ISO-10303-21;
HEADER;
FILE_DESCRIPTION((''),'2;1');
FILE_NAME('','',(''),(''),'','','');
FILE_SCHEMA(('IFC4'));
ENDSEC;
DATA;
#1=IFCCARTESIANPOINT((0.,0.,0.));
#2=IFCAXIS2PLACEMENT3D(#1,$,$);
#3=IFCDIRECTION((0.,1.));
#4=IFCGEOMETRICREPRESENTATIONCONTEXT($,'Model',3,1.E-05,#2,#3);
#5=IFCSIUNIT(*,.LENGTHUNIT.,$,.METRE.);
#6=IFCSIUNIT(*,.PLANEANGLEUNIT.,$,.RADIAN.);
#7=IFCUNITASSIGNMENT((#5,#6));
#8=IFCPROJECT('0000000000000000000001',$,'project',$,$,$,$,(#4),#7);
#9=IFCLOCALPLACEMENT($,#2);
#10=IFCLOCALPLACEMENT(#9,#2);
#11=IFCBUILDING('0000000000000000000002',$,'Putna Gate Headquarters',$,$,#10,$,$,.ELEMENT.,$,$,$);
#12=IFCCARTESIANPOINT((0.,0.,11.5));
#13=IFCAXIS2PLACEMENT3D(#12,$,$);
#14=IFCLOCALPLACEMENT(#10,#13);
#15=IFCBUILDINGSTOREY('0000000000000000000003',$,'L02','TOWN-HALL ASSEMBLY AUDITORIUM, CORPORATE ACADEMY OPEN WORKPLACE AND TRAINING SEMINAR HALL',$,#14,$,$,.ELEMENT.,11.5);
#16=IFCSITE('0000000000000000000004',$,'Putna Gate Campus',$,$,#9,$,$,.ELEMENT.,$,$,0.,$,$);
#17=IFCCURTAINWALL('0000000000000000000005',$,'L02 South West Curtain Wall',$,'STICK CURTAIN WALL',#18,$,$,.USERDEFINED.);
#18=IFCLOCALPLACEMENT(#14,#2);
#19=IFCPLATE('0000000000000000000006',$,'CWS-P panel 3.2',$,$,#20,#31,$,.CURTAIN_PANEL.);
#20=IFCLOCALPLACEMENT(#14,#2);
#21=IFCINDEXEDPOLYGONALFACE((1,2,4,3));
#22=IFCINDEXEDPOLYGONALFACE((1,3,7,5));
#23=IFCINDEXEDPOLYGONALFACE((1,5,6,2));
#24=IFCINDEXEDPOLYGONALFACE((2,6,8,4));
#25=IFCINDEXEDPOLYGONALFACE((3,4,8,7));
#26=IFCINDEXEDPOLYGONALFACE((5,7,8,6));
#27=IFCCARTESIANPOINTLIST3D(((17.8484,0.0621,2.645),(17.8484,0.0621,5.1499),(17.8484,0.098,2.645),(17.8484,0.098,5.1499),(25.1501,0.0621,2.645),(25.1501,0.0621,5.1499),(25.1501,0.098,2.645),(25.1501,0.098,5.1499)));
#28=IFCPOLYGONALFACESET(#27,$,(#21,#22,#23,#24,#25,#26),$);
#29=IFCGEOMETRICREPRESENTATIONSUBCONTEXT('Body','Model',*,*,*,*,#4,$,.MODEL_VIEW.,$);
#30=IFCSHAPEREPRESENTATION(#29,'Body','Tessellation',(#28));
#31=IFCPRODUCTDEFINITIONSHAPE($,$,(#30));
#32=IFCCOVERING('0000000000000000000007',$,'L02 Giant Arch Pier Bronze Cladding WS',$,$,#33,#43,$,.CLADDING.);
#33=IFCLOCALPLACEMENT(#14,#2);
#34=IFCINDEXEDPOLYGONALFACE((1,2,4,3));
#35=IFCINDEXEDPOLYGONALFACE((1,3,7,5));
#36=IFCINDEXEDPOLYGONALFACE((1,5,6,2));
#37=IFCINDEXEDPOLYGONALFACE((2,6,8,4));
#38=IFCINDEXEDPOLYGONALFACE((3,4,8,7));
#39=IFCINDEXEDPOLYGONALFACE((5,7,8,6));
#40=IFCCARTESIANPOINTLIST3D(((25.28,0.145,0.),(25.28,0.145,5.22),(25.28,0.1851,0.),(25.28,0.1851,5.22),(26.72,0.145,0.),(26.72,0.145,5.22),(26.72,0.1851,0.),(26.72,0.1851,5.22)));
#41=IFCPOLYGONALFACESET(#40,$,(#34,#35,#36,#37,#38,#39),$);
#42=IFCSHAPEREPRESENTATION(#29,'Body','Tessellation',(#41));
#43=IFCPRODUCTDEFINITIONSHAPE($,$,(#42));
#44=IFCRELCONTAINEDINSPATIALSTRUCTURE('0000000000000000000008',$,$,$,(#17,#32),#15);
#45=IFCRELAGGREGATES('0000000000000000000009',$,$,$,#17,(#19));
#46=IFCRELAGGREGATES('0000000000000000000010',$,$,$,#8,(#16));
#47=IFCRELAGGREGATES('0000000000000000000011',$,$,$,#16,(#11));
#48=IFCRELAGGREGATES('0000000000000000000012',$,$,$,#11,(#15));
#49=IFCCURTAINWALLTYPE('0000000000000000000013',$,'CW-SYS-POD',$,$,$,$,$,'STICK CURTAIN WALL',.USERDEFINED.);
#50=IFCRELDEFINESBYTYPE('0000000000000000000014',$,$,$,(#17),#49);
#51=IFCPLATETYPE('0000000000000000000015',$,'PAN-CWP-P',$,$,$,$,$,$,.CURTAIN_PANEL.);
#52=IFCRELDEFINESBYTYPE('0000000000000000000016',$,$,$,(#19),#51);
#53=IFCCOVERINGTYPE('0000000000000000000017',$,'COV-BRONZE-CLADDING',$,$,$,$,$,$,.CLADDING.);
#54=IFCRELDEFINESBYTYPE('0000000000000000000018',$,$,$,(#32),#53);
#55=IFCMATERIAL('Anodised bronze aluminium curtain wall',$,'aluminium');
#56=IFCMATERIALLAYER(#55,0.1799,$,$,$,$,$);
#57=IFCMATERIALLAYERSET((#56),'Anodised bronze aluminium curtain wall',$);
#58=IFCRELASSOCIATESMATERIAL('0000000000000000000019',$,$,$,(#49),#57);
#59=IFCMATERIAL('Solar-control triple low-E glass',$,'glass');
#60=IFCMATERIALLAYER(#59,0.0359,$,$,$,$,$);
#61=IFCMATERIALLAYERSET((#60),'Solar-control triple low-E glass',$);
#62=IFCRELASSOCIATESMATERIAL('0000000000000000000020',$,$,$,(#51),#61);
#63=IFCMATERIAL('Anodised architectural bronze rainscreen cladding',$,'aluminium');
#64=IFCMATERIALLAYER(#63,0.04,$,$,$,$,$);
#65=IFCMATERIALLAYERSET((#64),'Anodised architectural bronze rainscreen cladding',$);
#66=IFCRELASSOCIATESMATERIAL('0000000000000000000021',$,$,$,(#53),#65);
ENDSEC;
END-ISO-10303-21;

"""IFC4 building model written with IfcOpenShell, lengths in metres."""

from ifc_helpers import new_model, si_unit, direction, frame, origin, origin_2d, place, context, subcontext, project, spatial, rectangle, extrude, material, layer, layer_set, type_object, element, aggregate, save


model = new_model("IFC4")

# Units and contexts
model_context = context("Model", 3, precision=1e-05, world=origin(), true_north=direction((0.0, 1.0)))
body_context = subcontext(model_context, "Body", "Model", "MODEL_VIEW")
ifc_project = project(units=[si_unit("LENGTHUNIT", "METRE"), si_unit("PLANEANGLEUNIT", "RADIAN")], contexts=[model_context])

# Site, building, storey
site_placement = place(None, origin())
site = spatial("IfcSite", under=ifc_project, at=site_placement, Name="Putna Gate Campus", CompositionType="ELEMENT", RefElevation=0.0)
building_placement = place(site_placement, origin())
building = spatial("IfcBuilding", under=site, at=building_placement, Name="Putna Gate Headquarters", CompositionType="ELEMENT")
storey_placement = place(building_placement, frame((0.0, 0.0, 11.5)))
storey = spatial("IfcBuildingStorey", under=building, at=storey_placement, Name="L02", Description="TOWN-HALL ASSEMBLY AUDITORIUM, CORPORATE ACADEMY OPEN WORKPLACE AND TRAINING SEMINAR HALL", CompositionType="ELEMENT", Elevation=11.5)

# Shared definitions
ifc_material_1 = material(Name="Anodised bronze aluminium curtain wall", Category="aluminium")

# Curtain wall
ifc_layer_1 = layer(ifc_material_1, 0.1799)
ifc_layer_set_1 = layer_set([ifc_layer_1], Name="Anodised bronze aluminium curtain wall")
curtain_wall_type_1 = type_object("IfcCurtainWallType", Name="CW-SYS-POD", ElementType="STICK CURTAIN WALL", PredefinedType="USERDEFINED", material=ifc_layer_set_1)
curtain_wall_1_placement = place(storey_placement, origin())
curtain_wall_1 = element("IfcCurtainWall", 1, at=curtain_wall_1_placement, inside=storey, type_object=curtain_wall_type_1, Name="L02 South West Curtain Wall", ObjectType="STICK CURTAIN WALL", PredefinedType="USERDEFINED")

# Plate
ifc_material_2 = material(Name="Solar-control triple low-E glass", Category="glass")
ifc_layer_2 = layer(ifc_material_2, 0.0359)
ifc_layer_set_2 = layer_set([ifc_layer_2], Name="Solar-control triple low-E glass")
plate_type_1 = type_object("IfcPlateType", Name="PAN-CWP-P", PredefinedType="CURTAIN_PANEL", material=ifc_layer_set_2)
plate_1_placement = place(storey_placement, frame((21.4993, 0.0801, 2.645), z_axis=(0.0, 0.0, 1.0), x_axis=(1.0, 0.0, 0.0)))
plate_1 = element("IfcPlate", 2, at=plate_1_placement, type_object=plate_type_1, Name="CWS-P panel 3.2", PredefinedType="CURTAIN_PANEL", context=body_context, shape_type="SweptSolid", body=[
    extrude(rectangle(XDim=7.3018, YDim=0.0359, at=origin_2d()), origin(), (0.0, 0.0, 1.0), 2.5049),
])
aggregate(curtain_wall_1, [plate_1])

# Covering
ifc_material_3 = material(Name="Anodised architectural bronze rainscreen cladding", Category="aluminium")
ifc_layer_3 = layer(ifc_material_3, 0.04)
ifc_layer_set_3 = layer_set([ifc_layer_3], Name="Anodised architectural bronze rainscreen cladding")
covering_type = type_object("IfcCoveringType", Name="COV-BRONZE-CLADDING", PredefinedType="CLADDING", material=ifc_layer_set_3)
covering_placement = place(storey_placement, frame((26.0, 0.165, 0.0), z_axis=(0.0, 0.0, 1.0), x_axis=(1.0, 0.0, 0.0)))
element("IfcCovering", 3, at=covering_placement, inside=storey, type_object=covering_type, Name="L02 Giant Arch Pier Bronze Cladding WS", PredefinedType="CLADDING", context=body_context, shape_type="SweptSolid", body=[
    extrude(rectangle(XDim=1.4399, YDim=0.04, at=origin_2d()), origin(), (0.0, 0.0, 1.0), 5.22),
])

save(model, "model.ifc")
